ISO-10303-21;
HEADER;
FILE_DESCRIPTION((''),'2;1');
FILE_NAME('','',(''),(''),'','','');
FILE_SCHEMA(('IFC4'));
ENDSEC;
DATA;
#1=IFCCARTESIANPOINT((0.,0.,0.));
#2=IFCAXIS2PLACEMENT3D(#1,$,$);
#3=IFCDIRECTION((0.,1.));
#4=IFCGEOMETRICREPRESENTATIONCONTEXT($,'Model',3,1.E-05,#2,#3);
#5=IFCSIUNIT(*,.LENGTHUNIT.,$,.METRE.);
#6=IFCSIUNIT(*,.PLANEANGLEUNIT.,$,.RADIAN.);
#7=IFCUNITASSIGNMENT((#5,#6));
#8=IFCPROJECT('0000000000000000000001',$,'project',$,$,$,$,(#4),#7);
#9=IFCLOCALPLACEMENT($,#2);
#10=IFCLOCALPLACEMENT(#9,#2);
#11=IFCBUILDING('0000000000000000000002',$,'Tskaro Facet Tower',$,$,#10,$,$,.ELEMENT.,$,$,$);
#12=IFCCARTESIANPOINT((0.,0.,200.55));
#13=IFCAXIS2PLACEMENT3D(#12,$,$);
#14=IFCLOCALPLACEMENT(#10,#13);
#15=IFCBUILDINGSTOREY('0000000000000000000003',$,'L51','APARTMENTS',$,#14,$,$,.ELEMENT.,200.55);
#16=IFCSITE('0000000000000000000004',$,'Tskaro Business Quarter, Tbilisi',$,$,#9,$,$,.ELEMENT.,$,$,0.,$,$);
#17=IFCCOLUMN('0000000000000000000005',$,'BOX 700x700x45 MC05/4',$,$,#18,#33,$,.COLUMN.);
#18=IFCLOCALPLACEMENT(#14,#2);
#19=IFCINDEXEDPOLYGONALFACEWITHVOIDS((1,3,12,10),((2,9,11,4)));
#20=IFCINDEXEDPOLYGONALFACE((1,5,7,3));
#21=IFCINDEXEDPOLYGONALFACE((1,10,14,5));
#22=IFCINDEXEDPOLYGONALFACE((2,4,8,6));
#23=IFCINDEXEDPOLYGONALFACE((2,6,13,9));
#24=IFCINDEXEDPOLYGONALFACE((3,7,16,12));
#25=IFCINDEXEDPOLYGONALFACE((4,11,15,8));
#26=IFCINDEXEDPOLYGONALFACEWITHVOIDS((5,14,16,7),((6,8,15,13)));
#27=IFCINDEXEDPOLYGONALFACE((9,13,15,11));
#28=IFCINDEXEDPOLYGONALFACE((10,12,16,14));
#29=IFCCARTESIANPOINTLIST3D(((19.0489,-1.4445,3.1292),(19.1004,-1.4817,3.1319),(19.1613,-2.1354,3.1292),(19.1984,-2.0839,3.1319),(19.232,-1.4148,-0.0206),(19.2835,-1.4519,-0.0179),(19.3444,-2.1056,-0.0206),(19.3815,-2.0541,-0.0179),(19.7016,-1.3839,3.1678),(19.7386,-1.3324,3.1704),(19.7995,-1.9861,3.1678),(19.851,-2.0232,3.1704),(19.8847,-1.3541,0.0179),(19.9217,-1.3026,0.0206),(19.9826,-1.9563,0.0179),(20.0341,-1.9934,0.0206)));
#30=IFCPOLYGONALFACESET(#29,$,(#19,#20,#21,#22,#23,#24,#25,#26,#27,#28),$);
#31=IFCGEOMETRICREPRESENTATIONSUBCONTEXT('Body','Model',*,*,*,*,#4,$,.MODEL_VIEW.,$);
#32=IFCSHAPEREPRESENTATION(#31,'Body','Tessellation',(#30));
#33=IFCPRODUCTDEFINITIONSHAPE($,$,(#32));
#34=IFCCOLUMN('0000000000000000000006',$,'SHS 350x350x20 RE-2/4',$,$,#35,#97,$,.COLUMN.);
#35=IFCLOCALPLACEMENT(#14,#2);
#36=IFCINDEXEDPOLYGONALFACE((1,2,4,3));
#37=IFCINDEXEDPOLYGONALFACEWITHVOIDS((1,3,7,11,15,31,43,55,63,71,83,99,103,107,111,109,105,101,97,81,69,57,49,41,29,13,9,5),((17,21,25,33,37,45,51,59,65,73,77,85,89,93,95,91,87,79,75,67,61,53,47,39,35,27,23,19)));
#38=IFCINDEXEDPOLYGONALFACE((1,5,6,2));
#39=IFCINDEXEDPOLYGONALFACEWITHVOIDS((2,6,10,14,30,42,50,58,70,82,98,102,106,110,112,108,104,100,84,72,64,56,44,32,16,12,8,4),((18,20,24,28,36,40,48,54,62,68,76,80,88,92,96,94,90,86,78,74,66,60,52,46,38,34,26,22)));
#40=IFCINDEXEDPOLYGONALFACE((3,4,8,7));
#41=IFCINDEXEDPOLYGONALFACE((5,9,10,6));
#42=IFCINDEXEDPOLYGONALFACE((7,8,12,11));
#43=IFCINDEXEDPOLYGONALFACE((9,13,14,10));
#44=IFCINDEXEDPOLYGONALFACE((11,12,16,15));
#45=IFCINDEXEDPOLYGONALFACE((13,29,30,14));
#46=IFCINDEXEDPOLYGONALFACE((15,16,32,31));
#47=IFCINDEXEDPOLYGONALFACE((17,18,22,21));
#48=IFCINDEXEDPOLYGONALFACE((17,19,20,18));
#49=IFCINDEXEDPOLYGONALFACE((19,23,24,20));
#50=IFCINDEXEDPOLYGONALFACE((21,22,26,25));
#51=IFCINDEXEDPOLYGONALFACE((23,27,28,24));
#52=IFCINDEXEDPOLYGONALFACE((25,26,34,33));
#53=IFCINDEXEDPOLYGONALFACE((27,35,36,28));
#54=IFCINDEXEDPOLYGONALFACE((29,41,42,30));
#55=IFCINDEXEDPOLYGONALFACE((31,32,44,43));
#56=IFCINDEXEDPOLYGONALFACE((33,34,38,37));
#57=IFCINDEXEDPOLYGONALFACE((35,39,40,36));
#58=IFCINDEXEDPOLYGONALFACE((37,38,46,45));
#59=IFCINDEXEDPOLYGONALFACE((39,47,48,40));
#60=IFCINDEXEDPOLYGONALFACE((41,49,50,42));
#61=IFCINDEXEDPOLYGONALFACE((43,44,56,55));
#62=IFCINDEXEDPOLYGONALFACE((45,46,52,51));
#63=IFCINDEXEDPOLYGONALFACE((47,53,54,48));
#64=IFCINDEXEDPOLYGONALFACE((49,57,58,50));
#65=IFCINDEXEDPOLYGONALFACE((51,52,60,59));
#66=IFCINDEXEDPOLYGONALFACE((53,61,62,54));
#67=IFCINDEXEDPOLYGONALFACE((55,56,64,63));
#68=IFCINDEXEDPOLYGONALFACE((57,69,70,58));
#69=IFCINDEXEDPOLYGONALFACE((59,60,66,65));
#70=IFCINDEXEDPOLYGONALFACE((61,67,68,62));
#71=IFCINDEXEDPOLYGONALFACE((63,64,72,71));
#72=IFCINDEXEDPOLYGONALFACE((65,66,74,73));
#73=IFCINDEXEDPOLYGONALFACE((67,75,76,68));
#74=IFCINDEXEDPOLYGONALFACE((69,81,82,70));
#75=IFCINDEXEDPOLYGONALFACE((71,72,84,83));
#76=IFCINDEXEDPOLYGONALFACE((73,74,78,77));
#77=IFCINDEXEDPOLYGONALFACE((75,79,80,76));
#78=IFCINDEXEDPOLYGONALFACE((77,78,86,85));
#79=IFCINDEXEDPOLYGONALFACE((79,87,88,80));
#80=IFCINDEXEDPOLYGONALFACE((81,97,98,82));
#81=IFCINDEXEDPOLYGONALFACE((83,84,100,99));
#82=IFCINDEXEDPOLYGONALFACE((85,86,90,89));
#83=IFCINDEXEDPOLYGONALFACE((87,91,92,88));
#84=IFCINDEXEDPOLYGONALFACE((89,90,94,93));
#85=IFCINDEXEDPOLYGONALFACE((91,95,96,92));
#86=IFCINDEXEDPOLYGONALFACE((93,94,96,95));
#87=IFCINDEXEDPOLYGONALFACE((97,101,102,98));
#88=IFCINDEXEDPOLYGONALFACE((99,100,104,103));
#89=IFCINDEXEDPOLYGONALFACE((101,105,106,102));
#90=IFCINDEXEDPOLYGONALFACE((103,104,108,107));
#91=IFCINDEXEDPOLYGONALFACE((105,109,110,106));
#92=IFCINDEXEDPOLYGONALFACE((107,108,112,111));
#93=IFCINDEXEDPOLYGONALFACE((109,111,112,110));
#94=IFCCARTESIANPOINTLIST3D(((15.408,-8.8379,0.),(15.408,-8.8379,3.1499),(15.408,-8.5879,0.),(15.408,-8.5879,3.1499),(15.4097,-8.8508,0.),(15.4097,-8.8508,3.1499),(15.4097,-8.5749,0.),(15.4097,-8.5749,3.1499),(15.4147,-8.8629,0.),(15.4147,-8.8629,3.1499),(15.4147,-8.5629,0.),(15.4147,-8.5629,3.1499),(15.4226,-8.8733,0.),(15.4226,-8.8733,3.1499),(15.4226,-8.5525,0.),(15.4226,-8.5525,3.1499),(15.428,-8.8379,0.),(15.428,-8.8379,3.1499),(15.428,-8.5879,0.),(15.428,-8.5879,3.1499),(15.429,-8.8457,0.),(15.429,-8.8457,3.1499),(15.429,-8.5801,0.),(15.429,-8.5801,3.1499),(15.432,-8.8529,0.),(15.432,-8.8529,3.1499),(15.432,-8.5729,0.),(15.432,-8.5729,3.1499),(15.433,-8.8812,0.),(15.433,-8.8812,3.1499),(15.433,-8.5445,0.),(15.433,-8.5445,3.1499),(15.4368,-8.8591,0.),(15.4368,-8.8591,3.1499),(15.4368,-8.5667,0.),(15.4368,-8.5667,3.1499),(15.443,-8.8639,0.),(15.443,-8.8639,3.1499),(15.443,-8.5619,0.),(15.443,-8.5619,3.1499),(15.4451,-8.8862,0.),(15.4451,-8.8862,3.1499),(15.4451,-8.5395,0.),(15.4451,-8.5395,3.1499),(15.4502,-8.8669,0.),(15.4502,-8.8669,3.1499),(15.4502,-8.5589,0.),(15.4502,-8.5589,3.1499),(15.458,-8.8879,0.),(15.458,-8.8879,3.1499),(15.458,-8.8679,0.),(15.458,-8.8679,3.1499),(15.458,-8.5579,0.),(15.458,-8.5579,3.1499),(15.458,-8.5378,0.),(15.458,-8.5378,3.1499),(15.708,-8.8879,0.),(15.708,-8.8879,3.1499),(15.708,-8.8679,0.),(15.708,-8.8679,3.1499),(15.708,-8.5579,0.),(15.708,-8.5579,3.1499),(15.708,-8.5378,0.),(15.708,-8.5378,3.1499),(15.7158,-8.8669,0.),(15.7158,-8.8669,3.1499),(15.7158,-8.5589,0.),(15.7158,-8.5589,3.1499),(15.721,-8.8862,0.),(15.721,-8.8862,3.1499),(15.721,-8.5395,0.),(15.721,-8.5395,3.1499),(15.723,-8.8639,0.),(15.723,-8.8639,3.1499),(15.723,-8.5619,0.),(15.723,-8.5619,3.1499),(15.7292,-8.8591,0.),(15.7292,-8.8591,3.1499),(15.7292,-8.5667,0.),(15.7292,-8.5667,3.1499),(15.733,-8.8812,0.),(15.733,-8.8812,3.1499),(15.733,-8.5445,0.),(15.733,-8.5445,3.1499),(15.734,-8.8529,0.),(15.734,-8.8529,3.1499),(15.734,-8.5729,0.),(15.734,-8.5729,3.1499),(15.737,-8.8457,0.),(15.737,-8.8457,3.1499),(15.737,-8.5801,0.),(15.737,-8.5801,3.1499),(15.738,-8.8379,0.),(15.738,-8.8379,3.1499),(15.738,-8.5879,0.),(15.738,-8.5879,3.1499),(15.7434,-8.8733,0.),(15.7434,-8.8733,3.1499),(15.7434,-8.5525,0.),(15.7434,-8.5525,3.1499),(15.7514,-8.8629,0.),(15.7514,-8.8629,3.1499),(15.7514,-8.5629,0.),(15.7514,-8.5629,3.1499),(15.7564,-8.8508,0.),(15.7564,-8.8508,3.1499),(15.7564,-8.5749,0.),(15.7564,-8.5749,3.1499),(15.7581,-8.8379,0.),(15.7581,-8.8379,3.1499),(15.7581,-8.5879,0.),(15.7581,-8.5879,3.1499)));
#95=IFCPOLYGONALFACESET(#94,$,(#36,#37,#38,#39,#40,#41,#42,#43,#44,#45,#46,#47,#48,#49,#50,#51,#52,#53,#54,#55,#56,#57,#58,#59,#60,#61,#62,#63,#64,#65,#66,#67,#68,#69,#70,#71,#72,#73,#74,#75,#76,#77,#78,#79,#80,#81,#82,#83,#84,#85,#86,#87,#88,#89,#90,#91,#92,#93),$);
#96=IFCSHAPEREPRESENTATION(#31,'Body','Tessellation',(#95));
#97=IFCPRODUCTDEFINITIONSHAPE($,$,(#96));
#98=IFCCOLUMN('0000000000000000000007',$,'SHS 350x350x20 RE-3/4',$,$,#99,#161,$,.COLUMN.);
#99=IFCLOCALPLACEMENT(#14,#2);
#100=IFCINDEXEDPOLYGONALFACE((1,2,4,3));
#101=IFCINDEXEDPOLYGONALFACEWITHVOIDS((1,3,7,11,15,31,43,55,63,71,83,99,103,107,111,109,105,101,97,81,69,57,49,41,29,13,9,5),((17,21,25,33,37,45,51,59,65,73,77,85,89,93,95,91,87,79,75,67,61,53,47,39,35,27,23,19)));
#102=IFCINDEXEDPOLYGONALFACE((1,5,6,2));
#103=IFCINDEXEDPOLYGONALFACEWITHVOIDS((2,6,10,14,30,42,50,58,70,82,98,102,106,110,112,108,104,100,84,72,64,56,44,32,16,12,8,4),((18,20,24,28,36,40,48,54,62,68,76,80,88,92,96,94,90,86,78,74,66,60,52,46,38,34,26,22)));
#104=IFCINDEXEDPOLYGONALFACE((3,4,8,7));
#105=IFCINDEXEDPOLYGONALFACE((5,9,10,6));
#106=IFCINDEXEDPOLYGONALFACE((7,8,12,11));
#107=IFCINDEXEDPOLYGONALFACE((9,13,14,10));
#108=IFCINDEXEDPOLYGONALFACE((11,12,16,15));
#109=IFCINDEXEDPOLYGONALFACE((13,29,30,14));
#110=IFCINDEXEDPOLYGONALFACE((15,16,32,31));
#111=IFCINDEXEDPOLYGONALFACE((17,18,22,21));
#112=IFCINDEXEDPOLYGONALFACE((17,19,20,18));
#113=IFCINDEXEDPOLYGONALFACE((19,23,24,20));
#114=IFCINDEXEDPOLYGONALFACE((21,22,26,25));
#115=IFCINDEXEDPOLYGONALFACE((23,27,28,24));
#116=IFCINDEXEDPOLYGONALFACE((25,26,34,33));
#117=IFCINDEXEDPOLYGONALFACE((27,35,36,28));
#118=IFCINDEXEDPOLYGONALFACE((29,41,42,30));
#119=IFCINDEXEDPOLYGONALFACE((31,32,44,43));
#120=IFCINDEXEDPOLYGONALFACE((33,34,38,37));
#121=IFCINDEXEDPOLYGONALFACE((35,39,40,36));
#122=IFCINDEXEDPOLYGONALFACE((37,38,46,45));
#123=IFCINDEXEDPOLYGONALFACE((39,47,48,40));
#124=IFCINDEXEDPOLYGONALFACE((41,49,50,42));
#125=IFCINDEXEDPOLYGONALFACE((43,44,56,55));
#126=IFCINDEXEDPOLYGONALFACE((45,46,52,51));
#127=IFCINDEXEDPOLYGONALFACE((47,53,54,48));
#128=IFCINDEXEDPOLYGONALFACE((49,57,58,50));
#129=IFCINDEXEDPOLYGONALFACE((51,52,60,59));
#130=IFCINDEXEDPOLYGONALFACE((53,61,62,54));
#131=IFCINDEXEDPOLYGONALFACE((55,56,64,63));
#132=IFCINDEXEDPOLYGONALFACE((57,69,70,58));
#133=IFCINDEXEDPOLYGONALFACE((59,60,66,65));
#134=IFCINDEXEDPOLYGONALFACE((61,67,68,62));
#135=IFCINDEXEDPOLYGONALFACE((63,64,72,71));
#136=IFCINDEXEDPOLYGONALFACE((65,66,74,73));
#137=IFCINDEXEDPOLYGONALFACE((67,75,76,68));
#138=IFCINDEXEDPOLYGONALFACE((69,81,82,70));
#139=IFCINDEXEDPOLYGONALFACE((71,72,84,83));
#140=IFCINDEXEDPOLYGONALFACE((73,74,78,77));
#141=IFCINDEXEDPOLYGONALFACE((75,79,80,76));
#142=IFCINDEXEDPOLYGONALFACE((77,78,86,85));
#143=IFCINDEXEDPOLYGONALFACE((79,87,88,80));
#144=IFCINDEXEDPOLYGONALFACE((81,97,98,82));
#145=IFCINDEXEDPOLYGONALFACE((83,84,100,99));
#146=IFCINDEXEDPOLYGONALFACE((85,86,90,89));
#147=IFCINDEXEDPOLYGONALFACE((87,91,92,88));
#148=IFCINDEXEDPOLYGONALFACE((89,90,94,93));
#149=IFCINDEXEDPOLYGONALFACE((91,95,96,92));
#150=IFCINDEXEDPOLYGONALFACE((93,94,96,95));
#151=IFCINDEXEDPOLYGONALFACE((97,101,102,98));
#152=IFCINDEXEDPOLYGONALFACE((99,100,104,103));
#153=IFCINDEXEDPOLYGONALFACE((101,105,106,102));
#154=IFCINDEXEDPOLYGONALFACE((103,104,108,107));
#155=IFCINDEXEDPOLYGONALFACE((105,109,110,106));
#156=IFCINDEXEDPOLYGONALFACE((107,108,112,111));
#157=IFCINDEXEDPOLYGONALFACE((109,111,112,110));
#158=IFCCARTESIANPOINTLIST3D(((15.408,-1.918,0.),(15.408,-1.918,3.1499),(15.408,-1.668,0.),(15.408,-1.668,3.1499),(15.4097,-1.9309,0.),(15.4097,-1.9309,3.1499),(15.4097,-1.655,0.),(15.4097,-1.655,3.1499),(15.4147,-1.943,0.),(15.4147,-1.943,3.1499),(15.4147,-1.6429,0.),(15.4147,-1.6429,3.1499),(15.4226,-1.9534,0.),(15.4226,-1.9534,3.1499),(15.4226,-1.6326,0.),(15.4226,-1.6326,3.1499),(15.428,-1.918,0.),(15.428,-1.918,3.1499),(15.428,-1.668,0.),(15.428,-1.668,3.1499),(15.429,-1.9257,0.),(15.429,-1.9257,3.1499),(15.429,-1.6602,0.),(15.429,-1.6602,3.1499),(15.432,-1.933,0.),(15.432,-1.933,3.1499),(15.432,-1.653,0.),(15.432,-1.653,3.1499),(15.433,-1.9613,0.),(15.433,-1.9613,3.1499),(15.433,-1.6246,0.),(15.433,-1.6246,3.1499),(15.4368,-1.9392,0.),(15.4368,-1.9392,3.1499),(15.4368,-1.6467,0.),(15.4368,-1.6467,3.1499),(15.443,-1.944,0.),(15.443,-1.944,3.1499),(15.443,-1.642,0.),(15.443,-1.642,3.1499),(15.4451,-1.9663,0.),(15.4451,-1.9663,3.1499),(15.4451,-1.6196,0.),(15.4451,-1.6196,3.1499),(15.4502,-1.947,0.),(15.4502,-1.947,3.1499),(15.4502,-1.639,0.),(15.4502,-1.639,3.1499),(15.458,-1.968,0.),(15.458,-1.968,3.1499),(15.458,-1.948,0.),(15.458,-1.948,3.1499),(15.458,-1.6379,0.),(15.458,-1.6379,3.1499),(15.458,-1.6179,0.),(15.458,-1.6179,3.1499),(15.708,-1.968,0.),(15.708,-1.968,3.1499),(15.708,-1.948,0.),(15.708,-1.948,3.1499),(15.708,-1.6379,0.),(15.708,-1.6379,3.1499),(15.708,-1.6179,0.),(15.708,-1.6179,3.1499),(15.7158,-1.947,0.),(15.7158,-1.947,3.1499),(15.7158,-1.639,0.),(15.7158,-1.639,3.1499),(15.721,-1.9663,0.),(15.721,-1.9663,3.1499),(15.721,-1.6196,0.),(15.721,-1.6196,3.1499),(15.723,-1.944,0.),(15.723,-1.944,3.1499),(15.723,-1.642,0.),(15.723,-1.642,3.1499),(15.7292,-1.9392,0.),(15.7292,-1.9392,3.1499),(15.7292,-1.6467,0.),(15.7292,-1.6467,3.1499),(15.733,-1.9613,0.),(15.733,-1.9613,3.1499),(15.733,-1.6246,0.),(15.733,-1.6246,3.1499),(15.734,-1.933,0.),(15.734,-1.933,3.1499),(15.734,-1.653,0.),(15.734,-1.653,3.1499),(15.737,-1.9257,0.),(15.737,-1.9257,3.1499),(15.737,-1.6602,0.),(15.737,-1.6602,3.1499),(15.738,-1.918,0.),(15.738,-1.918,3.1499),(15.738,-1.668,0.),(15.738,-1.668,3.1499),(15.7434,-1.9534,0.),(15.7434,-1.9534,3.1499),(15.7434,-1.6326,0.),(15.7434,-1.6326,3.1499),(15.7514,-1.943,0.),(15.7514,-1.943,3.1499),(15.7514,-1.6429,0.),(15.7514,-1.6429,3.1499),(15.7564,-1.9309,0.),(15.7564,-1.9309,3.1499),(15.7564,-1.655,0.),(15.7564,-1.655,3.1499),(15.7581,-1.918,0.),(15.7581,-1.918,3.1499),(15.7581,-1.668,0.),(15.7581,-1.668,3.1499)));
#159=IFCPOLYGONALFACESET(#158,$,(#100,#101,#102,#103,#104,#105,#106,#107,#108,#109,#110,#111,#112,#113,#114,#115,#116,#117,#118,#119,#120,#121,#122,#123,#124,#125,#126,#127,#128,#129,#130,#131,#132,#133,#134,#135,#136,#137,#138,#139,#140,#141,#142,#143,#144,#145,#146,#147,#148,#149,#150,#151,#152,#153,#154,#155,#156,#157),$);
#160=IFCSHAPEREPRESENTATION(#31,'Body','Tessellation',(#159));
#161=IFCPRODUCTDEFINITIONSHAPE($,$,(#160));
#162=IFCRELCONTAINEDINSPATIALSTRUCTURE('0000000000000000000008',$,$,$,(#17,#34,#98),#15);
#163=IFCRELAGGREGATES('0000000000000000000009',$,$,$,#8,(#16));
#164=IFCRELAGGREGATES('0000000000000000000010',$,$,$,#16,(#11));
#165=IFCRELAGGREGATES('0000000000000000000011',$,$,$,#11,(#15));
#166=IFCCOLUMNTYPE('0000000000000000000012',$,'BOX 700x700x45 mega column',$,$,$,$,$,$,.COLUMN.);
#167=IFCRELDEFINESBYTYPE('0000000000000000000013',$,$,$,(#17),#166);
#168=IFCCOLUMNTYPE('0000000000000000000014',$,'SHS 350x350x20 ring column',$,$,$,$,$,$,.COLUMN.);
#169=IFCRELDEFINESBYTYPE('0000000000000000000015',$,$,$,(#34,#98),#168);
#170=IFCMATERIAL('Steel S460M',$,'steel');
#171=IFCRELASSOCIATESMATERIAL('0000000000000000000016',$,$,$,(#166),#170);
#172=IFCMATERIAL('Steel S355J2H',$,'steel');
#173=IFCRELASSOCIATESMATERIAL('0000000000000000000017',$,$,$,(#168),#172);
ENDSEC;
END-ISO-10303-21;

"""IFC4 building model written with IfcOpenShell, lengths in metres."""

from ifc_helpers import new_model, si_unit, direction, frame, origin, origin_2d, place, context, subcontext, project, spatial, hollow_rectangle, extrude, material, material_profile, profile_set, type_object, element, save


model = new_model("IFC4")

# Units and contexts
model_context = context("Model", 3, precision=1e-05, world=origin(), true_north=direction((0.0, 1.0)))
body_context = subcontext(model_context, "Body", "Model", "MODEL_VIEW")
ifc_project = project(units=[si_unit("LENGTHUNIT", "METRE"), si_unit("PLANEANGLEUNIT", "RADIAN")], contexts=[model_context])

# Site, building, storey
site_placement = place(None, origin())
site = spatial("IfcSite", under=ifc_project, at=site_placement, Name="Tskaro Business Quarter, Tbilisi", CompositionType="ELEMENT", RefElevation=0.0)
building_placement = place(site_placement, origin())
building = spatial("IfcBuilding", under=site, at=building_placement, Name="Tskaro Facet Tower", CompositionType="ELEMENT")
storey_placement = place(building_placement, frame((0.0, 0.0, 200.55)))
storey = spatial("IfcBuildingStorey", under=building, at=storey_placement, Name="L51", Description="APARTMENTS", CompositionType="ELEMENT", Elevation=200.55)

# Columns
ifc_material_1 = material(Name="Steel S460M", Category="steel")
ifc_material_profile_1 = material_profile(ifc_material_1, hollow_rectangle(XDim=0.7, YDim=0.7, WallThickness=0.0449, at=origin_2d()), Name="BOX 700x700x45")
ifc_profile_set_1 = profile_set([ifc_material_profile_1], Name="Steel S460M")
column_type_1 = type_object("IfcColumnType", Name="BOX 700x700x45 mega column", PredefinedType="COLUMN", material=ifc_profile_set_1)
column_placement = place(storey_placement, frame((19.6331, -1.7041, 0.0), z_axis=(-0.05803, -0.00944, 0.99827), x_axis=(0.160556, -0.987027, 0.0)))
element("IfcColumn", 1, at=column_placement, inside=storey, type_object=column_type_1, Name="BOX 700x700x45 MC05/4", PredefinedType="COLUMN", context=body_context, shape_type="SweptSolid", body=[
    extrude(hollow_rectangle(XDim=0.7, YDim=0.7, WallThickness=0.0449, at=origin_2d()), origin(), (0.0, 0.0, 1.0), 3.1553),
])
ifc_material_2 = material(Name="Steel S355J2H", Category="steel")
ifc_material_profile_2 = material_profile(ifc_material_2, hollow_rectangle(XDim=0.3501, YDim=0.3501, WallThickness=0.02, InnerFilletRadius=0.03, OuterFilletRadius=0.05, at=origin_2d()), Name="SHS 350x350x20")
ifc_profile_set_2 = profile_set([ifc_material_profile_2], Name="Steel S355J2H")
column_type_2 = type_object("IfcColumnType", Name="SHS 350x350x20 ring column", PredefinedType="COLUMN", material=ifc_profile_set_2)
for number, where, z_axis, x_axis, name in (
    (2, (15.583, -8.7129, 0.0), (0.0, 0.0, 1.0), (1.0, 0.0, 0.0), "SHS 350x350x20 RE-2/4"),
    (3, (15.583, -1.793, 0.0), (0.0, 0.0, 1.0), (1.0, 0.0, 0.0), "SHS 350x350x20 RE-3/4"),
):
    element("IfcColumn", number, at=place(storey_placement, frame(where, z_axis=z_axis, x_axis=x_axis)), inside=storey, type_object=column_type_2, Name=name, PredefinedType="COLUMN", context=body_context, shape_type="SweptSolid", body=[
        extrude(hollow_rectangle(XDim=0.3501, YDim=0.3501, WallThickness=0.02, InnerFilletRadius=0.03, OuterFilletRadius=0.05, at=origin_2d()), origin(), (0.0, 0.0, 1.0), 3.1499),
    ])

save(model, "model.ifc")
